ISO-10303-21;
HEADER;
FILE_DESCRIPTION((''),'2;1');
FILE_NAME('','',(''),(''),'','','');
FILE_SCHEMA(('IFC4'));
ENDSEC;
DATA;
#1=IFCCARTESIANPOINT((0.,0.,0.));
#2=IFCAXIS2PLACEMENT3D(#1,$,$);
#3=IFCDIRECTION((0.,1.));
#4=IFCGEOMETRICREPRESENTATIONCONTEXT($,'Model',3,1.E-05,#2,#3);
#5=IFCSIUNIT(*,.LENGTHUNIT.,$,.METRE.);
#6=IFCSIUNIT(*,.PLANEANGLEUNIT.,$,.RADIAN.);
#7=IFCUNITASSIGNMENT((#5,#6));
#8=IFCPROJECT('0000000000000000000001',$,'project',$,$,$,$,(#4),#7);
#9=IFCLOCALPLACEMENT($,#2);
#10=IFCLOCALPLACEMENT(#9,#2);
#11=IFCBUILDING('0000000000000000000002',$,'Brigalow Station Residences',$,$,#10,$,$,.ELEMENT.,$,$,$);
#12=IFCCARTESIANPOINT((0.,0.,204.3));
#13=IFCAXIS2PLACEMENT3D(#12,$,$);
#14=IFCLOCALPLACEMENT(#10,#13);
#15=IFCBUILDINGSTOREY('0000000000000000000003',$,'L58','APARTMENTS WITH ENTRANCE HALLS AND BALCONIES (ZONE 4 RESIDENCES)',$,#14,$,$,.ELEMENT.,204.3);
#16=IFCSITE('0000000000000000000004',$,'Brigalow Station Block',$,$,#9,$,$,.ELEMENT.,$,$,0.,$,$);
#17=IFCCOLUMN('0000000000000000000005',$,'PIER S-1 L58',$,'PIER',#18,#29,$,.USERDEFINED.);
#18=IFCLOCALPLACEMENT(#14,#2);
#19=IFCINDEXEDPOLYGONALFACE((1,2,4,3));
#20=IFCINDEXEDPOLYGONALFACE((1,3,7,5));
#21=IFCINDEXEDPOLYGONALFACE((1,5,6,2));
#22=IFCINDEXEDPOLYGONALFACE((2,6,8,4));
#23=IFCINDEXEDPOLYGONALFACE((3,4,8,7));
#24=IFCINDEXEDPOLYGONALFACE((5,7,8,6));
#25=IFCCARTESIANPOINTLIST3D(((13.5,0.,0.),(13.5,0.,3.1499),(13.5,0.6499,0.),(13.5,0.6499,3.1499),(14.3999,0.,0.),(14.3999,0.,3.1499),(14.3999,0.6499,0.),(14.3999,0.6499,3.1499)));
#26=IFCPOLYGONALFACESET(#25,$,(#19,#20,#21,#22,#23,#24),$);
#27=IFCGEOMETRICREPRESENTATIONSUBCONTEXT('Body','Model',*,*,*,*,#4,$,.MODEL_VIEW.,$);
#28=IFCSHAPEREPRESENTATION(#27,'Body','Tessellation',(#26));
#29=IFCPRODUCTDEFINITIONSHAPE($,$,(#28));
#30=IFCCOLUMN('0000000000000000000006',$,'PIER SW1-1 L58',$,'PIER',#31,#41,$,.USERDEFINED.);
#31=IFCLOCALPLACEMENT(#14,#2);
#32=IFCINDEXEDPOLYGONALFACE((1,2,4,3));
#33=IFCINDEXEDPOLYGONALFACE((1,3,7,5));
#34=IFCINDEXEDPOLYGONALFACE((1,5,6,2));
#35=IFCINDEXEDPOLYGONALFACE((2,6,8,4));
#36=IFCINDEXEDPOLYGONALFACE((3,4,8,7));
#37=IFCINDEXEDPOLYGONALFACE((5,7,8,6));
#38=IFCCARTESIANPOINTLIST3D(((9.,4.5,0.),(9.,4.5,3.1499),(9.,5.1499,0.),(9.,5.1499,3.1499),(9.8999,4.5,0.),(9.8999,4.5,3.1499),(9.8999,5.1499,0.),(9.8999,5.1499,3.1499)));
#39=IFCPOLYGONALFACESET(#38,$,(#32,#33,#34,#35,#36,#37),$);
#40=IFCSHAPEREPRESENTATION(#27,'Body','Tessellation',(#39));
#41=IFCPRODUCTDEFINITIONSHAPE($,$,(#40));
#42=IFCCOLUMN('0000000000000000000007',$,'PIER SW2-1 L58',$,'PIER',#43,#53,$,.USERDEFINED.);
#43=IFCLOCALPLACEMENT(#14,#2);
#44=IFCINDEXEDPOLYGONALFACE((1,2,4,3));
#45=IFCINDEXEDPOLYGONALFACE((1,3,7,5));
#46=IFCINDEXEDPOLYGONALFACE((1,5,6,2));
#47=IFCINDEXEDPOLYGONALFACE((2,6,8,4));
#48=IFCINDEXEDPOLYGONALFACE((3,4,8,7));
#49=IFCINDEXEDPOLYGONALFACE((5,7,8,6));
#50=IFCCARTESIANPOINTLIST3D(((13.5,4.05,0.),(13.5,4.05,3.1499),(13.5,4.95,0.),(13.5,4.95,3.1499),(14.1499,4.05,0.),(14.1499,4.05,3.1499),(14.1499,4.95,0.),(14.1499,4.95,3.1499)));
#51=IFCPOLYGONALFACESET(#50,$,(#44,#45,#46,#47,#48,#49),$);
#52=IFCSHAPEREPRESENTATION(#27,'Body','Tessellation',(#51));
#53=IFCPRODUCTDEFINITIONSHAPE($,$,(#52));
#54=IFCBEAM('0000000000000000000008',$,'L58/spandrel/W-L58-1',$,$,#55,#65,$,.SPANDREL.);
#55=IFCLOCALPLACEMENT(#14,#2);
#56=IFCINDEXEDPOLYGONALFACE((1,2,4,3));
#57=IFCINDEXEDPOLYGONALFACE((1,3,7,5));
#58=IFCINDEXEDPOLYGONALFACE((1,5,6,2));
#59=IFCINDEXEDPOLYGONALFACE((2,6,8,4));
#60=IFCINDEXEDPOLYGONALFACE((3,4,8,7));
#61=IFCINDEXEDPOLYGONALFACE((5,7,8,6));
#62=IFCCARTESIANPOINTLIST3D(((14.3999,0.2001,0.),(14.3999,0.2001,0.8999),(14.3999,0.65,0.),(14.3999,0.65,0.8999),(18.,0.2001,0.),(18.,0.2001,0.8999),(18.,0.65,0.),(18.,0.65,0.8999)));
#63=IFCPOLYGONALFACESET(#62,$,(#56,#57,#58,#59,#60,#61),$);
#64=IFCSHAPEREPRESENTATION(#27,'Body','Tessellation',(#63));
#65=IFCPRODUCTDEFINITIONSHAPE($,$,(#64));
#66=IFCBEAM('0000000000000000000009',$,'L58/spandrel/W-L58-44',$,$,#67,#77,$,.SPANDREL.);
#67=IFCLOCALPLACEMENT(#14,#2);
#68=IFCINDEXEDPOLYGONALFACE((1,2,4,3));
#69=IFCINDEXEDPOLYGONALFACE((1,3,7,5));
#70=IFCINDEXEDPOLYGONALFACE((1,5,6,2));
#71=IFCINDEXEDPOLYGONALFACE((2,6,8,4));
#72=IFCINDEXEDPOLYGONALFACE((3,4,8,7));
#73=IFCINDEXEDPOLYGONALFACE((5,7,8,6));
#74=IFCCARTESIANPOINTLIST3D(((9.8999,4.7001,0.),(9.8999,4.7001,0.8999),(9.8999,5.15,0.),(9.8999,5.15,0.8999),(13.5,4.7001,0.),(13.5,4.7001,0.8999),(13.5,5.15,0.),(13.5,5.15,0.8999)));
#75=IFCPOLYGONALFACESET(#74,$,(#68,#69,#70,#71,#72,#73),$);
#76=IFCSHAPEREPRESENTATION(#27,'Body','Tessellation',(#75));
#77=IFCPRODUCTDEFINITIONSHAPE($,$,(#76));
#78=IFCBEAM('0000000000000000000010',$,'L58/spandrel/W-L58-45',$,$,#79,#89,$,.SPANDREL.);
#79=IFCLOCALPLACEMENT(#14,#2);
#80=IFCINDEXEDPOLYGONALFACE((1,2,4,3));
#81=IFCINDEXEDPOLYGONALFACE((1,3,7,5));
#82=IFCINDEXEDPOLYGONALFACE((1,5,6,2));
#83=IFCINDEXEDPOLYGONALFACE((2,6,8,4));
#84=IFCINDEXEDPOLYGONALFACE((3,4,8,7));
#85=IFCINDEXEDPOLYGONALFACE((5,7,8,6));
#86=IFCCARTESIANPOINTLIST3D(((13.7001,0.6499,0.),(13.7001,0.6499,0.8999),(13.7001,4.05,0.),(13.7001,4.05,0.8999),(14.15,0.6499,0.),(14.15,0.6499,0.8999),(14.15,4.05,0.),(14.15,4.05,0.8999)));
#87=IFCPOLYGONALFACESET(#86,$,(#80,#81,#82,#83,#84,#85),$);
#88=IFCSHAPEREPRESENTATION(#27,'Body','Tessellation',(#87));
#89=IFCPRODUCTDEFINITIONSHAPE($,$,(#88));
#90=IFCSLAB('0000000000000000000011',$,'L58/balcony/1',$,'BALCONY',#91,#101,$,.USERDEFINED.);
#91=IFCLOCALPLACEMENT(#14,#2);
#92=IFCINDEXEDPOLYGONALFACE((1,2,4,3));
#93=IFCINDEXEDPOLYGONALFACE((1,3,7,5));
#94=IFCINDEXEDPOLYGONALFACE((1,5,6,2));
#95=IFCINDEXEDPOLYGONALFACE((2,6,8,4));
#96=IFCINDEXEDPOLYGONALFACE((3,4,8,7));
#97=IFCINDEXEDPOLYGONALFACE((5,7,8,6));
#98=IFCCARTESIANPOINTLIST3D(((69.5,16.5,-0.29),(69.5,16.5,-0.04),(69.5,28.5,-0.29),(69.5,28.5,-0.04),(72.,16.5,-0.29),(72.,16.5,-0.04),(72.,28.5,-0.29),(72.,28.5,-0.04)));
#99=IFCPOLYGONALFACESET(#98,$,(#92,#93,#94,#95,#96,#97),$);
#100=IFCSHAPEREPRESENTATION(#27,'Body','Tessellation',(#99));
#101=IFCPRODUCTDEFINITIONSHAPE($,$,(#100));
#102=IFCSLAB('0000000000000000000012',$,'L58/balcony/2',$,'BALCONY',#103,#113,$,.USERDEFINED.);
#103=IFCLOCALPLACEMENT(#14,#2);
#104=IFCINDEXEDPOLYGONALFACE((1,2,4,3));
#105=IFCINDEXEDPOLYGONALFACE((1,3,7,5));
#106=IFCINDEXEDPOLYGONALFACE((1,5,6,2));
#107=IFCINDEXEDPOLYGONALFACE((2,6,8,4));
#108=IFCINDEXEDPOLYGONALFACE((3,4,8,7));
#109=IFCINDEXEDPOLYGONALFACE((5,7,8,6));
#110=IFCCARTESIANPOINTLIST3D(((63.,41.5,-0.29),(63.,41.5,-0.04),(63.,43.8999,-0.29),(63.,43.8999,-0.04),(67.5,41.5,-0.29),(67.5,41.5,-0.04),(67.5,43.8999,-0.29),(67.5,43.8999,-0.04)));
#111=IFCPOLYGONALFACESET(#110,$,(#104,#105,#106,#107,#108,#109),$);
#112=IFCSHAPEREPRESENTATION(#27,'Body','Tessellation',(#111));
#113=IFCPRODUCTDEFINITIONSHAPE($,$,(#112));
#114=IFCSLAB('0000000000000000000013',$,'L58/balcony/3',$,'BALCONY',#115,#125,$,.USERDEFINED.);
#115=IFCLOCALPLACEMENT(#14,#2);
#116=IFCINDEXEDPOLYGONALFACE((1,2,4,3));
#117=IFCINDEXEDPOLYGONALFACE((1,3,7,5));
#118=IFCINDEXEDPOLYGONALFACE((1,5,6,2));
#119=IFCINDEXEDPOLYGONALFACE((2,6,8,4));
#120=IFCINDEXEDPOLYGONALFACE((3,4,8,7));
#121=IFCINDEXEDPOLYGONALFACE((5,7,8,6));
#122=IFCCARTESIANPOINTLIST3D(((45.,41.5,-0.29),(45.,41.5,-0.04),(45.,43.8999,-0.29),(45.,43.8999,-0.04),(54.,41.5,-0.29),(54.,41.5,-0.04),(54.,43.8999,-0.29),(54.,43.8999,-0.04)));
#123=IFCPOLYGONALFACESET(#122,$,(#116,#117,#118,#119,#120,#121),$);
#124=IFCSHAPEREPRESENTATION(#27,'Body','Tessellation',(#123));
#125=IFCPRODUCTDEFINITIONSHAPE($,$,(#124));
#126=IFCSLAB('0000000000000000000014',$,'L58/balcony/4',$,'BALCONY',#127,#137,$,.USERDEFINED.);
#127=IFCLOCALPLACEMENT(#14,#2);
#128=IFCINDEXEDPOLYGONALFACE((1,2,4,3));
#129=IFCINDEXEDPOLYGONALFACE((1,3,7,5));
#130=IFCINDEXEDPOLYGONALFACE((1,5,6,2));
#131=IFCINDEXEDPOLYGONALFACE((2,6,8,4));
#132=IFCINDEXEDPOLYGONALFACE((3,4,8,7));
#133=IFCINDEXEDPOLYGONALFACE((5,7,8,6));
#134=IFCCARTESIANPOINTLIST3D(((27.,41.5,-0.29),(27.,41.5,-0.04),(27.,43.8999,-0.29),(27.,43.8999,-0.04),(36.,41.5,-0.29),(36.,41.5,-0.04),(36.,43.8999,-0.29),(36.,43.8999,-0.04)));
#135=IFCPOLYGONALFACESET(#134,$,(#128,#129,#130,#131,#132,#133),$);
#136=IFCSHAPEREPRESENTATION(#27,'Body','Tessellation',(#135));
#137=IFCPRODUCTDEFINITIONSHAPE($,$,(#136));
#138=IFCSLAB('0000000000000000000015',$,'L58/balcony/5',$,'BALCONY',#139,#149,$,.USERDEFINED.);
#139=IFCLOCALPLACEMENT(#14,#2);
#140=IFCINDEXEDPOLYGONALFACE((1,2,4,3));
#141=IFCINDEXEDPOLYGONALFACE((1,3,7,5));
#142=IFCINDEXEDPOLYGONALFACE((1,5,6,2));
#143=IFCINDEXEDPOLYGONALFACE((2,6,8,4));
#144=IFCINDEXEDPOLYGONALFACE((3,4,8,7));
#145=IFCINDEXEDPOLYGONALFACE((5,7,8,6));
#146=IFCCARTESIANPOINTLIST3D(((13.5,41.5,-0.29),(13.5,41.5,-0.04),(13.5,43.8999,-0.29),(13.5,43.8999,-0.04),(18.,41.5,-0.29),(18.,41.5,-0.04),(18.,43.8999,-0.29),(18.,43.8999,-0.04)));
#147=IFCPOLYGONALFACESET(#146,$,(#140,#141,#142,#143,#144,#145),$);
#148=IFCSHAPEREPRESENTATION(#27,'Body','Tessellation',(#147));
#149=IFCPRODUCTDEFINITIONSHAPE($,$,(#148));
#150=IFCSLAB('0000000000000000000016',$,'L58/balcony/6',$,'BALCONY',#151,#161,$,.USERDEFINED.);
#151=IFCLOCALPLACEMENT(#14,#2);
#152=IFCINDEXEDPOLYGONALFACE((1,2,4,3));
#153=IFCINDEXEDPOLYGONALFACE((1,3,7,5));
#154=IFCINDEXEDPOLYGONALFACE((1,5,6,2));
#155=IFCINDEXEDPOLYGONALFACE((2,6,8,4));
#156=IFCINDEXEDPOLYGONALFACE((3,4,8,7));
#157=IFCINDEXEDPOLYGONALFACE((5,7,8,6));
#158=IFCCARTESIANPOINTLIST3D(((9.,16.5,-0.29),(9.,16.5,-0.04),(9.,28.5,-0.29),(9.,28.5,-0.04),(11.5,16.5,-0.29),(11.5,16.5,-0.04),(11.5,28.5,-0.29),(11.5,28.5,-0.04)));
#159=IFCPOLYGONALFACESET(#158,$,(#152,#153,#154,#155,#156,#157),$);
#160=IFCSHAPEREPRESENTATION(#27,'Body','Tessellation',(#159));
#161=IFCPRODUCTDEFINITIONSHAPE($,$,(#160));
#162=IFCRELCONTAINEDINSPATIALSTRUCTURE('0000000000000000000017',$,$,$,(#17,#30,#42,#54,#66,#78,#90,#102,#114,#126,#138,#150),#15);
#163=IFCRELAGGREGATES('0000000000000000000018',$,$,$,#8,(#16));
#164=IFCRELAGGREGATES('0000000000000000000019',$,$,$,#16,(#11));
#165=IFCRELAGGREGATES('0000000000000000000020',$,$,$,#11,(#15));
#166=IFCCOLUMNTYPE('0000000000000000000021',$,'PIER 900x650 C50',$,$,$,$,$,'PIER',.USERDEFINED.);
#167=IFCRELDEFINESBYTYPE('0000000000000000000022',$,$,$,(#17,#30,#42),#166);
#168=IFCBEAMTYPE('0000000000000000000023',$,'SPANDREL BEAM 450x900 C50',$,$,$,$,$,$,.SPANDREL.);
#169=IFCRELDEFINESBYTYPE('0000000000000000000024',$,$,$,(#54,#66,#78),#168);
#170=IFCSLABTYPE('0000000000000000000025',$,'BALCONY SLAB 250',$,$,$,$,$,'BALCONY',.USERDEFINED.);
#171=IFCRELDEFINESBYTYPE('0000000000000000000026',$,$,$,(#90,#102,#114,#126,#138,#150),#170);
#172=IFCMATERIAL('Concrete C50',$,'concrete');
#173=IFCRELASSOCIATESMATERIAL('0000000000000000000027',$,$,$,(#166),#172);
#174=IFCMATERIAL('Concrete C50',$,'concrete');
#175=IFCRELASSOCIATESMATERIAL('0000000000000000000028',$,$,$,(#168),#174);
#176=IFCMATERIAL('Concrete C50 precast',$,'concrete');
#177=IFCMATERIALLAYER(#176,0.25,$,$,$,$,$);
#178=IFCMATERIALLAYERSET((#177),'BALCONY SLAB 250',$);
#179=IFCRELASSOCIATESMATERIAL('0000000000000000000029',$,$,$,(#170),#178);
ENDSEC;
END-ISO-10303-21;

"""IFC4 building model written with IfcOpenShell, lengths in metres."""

from ifc_helpers import new_model, si_unit, direction, frame, origin, origin_2d, place, context, subcontext, project, spatial, polyline, rectangle, outline, extrude, material, layer, layer_set, material_profile, profile_set, type_object, element, save


model = new_model("IFC4")

# Units and contexts
model_context = context("Model", 3, precision=1e-05, world=origin(), true_north=direction((0.0, 1.0)))
body_context = subcontext(model_context, "Body", "Model", "MODEL_VIEW")
ifc_project = project(units=[si_unit("LENGTHUNIT", "METRE"), si_unit("PLANEANGLEUNIT", "RADIAN")], contexts=[model_context])

# Site, building, storey
site_placement = place(None, origin())
site = spatial("IfcSite", under=ifc_project, at=site_placement, Name="Brigalow Station Block", CompositionType="ELEMENT", RefElevation=0.0)
building_placement = place(site_placement, origin())
building = spatial("IfcBuilding", under=site, at=building_placement, Name="Brigalow Station Residences", CompositionType="ELEMENT")
storey_placement = place(building_placement, frame((0.0, 0.0, 204.3)))
storey = spatial("IfcBuildingStorey", under=building, at=storey_placement, Name="L58", Description="APARTMENTS WITH ENTRANCE HALLS AND BALCONIES (ZONE 4 RESIDENCES)", CompositionType="ELEMENT", Elevation=204.3)

# Columns
ifc_material_1 = material(Name="Concrete C50", Category="concrete")
ifc_material_profile_1 = material_profile(ifc_material_1, rectangle(XDim=0.8999, YDim=0.6499, at=origin_2d()), Name="RC900x650")
ifc_profile_set_1 = profile_set([ifc_material_profile_1], Name="Concrete C50")
column_type = type_object("IfcColumnType", Name="PIER 900x650 C50", ElementType="PIER", PredefinedType="USERDEFINED", material=ifc_profile_set_1)
for number, where, z_axis, x_axis, name in (
    (1, (13.95, 0.325, 0.0), (0.0, 0.0, 1.0), (1.0, 0.0, 0.0), "PIER S-1 L58"),
    (2, (9.45, 4.825, 0.0), (0.0, 0.0, 1.0), (1.0, 0.0, 0.0), "PIER SW1-1 L58"),
    (3, (13.825, 4.5, 0.0), (0.0, 0.0, 1.0), (0.0, -1.0, 0.0), "PIER SW2-1 L58"),
):
    element("IfcColumn", number, at=place(storey_placement, frame(where, z_axis=z_axis, x_axis=x_axis)), inside=storey, type_object=column_type, Name=name, ObjectType="PIER", PredefinedType="USERDEFINED", context=body_context, shape_type="SweptSolid", body=[
        extrude(rectangle(XDim=0.8999, YDim=0.6499, at=origin_2d()), origin(), (0.0, 0.0, 1.0), 3.1499),
    ])

# Beams
ifc_material_2 = material(Name="Concrete C50", Category="concrete")
ifc_material_profile_2 = material_profile(ifc_material_2, rectangle(XDim=0.45, YDim=0.8999, at=origin_2d()), Name="RC450x900")
ifc_profile_set_2 = profile_set([ifc_material_profile_2], Name="Concrete C50")
beam_type = type_object("IfcBeamType", Name="SPANDREL BEAM 450x900 C50", PredefinedType="SPANDREL", material=ifc_profile_set_2)
for number, where, z_axis, x_axis, name in (
    (4, (14.3999, 0.425, 0.45), (1.0, 0.0, 0.0), (0.0, 1.0, 0.0), "L58/spandrel/W-L58-1"),
    (5, (9.8999, 4.925, 0.45), (1.0, 0.0, 0.0), (0.0, 1.0, 0.0), "L58/spandrel/W-L58-44"),
):
    element("IfcBeam", number, at=place(storey_placement, frame(where, z_axis=z_axis, x_axis=x_axis)), inside=storey, type_object=beam_type, Name=name, PredefinedType="SPANDREL", context=body_context, shape_type="SweptSolid", body=[
        extrude(rectangle(XDim=0.45, YDim=0.8999, at=origin_2d()), origin(), (0.0, 0.0, 1.0), 3.6001),
    ])
beam_placement = place(storey_placement, frame((13.925, 4.05, 0.45), z_axis=(0.0, -1.0, 0.0), x_axis=(1.0, 0.0, 0.0)))
element("IfcBeam", 6, at=beam_placement, inside=storey, type_object=beam_type, Name="L58/spandrel/W-L58-45", PredefinedType="SPANDREL", context=body_context, shape_type="SweptSolid", body=[
    extrude(rectangle(XDim=0.45, YDim=0.8999, at=origin_2d()), origin(), (0.0, 0.0, 1.0), 3.4001),
])

# Slabs
ifc_material_3 = material(Name="Concrete C50 precast", Category="concrete")
ifc_layer_1 = layer(ifc_material_3, 0.25)
ifc_layer_set_1 = layer_set([ifc_layer_1], Name="BALCONY SLAB 250")
slab_type_1 = type_object("IfcSlabType", Name="BALCONY SLAB 250", ElementType="BALCONY", PredefinedType="USERDEFINED", material=ifc_layer_set_1)
slab_1_placement = place(storey_placement, frame((0.0, 0.0, -0.29)))
element("IfcSlab", 7, at=slab_1_placement, inside=storey, type_object=slab_type_1, Name="L58/balcony/1", ObjectType="BALCONY", PredefinedType="USERDEFINED", context=body_context, shape_type="SweptSolid", body=[
    extrude(outline(polyline([(69.5, 16.5), (72.0, 16.5), (72.0, 28.5), (69.5, 28.5), (69.5, 16.5)])), origin(), (0.0, 0.0, 1.0), 0.25),
])
slab_2_placement = place(storey_placement, frame((0.0, 0.0, -0.29)))
element("IfcSlab", 8, at=slab_2_placement, inside=storey, type_object=slab_type_1, Name="L58/balcony/2", ObjectType="BALCONY", PredefinedType="USERDEFINED", context=body_context, shape_type="SweptSolid", body=[
    extrude(outline(polyline([(67.5, 41.5), (67.5, 43.8999), (63.0, 43.8999), (63.0, 41.5), (67.5, 41.5)])), origin(), (0.0, 0.0, 1.0), 0.25),
])
slab_3_placement = place(storey_placement, frame((0.0, 0.0, -0.29)))
element("IfcSlab", 9, at=slab_3_placement, inside=storey, type_object=slab_type_1, Name="L58/balcony/3", ObjectType="BALCONY", PredefinedType="USERDEFINED", context=body_context, shape_type="SweptSolid", body=[
    extrude(outline(polyline([(54.0, 41.5), (54.0, 43.8999), (45.0, 43.8999), (45.0, 41.5), (54.0, 41.5)])), origin(), (0.0, 0.0, 1.0), 0.25),
])
slab_4_placement = place(storey_placement, frame((0.0, 0.0, -0.29)))
element("IfcSlab", 10, at=slab_4_placement, inside=storey, type_object=slab_type_1, Name="L58/balcony/4", ObjectType="BALCONY", PredefinedType="USERDEFINED", context=body_context, shape_type="SweptSolid", body=[
    extrude(outline(polyline([(36.0, 41.5), (36.0, 43.8999), (27.0, 43.8999), (27.0, 41.5), (36.0, 41.5)])), origin(), (0.0, 0.0, 1.0), 0.25),
])
slab_5_placement = place(storey_placement, frame((0.0, 0.0, -0.29)))
element("IfcSlab", 11, at=slab_5_placement, inside=storey, type_object=slab_type_1, Name="L58/balcony/5", ObjectType="BALCONY", PredefinedType="USERDEFINED", context=body_context, shape_type="SweptSolid", body=[
    extrude(outline(polyline([(18.0, 41.5), (18.0, 43.8999), (13.5, 43.8999), (13.5, 41.5), (18.0, 41.5)])), origin(), (0.0, 0.0, 1.0), 0.25),
])
slab_6_placement = place(storey_placement, frame((0.0, 0.0, -0.29)))
element("IfcSlab", 12, at=slab_6_placement, inside=storey, type_object=slab_type_1, Name="L58/balcony/6", ObjectType="BALCONY", PredefinedType="USERDEFINED", context=body_context, shape_type="SweptSolid", body=[
    extrude(outline(polyline([(11.5, 28.5), (9.0, 28.5), (9.0, 16.5), (11.5, 16.5), (11.5, 28.5)])), origin(), (0.0, 0.0, 1.0), 0.25),
])

save(model, "model.ifc")
